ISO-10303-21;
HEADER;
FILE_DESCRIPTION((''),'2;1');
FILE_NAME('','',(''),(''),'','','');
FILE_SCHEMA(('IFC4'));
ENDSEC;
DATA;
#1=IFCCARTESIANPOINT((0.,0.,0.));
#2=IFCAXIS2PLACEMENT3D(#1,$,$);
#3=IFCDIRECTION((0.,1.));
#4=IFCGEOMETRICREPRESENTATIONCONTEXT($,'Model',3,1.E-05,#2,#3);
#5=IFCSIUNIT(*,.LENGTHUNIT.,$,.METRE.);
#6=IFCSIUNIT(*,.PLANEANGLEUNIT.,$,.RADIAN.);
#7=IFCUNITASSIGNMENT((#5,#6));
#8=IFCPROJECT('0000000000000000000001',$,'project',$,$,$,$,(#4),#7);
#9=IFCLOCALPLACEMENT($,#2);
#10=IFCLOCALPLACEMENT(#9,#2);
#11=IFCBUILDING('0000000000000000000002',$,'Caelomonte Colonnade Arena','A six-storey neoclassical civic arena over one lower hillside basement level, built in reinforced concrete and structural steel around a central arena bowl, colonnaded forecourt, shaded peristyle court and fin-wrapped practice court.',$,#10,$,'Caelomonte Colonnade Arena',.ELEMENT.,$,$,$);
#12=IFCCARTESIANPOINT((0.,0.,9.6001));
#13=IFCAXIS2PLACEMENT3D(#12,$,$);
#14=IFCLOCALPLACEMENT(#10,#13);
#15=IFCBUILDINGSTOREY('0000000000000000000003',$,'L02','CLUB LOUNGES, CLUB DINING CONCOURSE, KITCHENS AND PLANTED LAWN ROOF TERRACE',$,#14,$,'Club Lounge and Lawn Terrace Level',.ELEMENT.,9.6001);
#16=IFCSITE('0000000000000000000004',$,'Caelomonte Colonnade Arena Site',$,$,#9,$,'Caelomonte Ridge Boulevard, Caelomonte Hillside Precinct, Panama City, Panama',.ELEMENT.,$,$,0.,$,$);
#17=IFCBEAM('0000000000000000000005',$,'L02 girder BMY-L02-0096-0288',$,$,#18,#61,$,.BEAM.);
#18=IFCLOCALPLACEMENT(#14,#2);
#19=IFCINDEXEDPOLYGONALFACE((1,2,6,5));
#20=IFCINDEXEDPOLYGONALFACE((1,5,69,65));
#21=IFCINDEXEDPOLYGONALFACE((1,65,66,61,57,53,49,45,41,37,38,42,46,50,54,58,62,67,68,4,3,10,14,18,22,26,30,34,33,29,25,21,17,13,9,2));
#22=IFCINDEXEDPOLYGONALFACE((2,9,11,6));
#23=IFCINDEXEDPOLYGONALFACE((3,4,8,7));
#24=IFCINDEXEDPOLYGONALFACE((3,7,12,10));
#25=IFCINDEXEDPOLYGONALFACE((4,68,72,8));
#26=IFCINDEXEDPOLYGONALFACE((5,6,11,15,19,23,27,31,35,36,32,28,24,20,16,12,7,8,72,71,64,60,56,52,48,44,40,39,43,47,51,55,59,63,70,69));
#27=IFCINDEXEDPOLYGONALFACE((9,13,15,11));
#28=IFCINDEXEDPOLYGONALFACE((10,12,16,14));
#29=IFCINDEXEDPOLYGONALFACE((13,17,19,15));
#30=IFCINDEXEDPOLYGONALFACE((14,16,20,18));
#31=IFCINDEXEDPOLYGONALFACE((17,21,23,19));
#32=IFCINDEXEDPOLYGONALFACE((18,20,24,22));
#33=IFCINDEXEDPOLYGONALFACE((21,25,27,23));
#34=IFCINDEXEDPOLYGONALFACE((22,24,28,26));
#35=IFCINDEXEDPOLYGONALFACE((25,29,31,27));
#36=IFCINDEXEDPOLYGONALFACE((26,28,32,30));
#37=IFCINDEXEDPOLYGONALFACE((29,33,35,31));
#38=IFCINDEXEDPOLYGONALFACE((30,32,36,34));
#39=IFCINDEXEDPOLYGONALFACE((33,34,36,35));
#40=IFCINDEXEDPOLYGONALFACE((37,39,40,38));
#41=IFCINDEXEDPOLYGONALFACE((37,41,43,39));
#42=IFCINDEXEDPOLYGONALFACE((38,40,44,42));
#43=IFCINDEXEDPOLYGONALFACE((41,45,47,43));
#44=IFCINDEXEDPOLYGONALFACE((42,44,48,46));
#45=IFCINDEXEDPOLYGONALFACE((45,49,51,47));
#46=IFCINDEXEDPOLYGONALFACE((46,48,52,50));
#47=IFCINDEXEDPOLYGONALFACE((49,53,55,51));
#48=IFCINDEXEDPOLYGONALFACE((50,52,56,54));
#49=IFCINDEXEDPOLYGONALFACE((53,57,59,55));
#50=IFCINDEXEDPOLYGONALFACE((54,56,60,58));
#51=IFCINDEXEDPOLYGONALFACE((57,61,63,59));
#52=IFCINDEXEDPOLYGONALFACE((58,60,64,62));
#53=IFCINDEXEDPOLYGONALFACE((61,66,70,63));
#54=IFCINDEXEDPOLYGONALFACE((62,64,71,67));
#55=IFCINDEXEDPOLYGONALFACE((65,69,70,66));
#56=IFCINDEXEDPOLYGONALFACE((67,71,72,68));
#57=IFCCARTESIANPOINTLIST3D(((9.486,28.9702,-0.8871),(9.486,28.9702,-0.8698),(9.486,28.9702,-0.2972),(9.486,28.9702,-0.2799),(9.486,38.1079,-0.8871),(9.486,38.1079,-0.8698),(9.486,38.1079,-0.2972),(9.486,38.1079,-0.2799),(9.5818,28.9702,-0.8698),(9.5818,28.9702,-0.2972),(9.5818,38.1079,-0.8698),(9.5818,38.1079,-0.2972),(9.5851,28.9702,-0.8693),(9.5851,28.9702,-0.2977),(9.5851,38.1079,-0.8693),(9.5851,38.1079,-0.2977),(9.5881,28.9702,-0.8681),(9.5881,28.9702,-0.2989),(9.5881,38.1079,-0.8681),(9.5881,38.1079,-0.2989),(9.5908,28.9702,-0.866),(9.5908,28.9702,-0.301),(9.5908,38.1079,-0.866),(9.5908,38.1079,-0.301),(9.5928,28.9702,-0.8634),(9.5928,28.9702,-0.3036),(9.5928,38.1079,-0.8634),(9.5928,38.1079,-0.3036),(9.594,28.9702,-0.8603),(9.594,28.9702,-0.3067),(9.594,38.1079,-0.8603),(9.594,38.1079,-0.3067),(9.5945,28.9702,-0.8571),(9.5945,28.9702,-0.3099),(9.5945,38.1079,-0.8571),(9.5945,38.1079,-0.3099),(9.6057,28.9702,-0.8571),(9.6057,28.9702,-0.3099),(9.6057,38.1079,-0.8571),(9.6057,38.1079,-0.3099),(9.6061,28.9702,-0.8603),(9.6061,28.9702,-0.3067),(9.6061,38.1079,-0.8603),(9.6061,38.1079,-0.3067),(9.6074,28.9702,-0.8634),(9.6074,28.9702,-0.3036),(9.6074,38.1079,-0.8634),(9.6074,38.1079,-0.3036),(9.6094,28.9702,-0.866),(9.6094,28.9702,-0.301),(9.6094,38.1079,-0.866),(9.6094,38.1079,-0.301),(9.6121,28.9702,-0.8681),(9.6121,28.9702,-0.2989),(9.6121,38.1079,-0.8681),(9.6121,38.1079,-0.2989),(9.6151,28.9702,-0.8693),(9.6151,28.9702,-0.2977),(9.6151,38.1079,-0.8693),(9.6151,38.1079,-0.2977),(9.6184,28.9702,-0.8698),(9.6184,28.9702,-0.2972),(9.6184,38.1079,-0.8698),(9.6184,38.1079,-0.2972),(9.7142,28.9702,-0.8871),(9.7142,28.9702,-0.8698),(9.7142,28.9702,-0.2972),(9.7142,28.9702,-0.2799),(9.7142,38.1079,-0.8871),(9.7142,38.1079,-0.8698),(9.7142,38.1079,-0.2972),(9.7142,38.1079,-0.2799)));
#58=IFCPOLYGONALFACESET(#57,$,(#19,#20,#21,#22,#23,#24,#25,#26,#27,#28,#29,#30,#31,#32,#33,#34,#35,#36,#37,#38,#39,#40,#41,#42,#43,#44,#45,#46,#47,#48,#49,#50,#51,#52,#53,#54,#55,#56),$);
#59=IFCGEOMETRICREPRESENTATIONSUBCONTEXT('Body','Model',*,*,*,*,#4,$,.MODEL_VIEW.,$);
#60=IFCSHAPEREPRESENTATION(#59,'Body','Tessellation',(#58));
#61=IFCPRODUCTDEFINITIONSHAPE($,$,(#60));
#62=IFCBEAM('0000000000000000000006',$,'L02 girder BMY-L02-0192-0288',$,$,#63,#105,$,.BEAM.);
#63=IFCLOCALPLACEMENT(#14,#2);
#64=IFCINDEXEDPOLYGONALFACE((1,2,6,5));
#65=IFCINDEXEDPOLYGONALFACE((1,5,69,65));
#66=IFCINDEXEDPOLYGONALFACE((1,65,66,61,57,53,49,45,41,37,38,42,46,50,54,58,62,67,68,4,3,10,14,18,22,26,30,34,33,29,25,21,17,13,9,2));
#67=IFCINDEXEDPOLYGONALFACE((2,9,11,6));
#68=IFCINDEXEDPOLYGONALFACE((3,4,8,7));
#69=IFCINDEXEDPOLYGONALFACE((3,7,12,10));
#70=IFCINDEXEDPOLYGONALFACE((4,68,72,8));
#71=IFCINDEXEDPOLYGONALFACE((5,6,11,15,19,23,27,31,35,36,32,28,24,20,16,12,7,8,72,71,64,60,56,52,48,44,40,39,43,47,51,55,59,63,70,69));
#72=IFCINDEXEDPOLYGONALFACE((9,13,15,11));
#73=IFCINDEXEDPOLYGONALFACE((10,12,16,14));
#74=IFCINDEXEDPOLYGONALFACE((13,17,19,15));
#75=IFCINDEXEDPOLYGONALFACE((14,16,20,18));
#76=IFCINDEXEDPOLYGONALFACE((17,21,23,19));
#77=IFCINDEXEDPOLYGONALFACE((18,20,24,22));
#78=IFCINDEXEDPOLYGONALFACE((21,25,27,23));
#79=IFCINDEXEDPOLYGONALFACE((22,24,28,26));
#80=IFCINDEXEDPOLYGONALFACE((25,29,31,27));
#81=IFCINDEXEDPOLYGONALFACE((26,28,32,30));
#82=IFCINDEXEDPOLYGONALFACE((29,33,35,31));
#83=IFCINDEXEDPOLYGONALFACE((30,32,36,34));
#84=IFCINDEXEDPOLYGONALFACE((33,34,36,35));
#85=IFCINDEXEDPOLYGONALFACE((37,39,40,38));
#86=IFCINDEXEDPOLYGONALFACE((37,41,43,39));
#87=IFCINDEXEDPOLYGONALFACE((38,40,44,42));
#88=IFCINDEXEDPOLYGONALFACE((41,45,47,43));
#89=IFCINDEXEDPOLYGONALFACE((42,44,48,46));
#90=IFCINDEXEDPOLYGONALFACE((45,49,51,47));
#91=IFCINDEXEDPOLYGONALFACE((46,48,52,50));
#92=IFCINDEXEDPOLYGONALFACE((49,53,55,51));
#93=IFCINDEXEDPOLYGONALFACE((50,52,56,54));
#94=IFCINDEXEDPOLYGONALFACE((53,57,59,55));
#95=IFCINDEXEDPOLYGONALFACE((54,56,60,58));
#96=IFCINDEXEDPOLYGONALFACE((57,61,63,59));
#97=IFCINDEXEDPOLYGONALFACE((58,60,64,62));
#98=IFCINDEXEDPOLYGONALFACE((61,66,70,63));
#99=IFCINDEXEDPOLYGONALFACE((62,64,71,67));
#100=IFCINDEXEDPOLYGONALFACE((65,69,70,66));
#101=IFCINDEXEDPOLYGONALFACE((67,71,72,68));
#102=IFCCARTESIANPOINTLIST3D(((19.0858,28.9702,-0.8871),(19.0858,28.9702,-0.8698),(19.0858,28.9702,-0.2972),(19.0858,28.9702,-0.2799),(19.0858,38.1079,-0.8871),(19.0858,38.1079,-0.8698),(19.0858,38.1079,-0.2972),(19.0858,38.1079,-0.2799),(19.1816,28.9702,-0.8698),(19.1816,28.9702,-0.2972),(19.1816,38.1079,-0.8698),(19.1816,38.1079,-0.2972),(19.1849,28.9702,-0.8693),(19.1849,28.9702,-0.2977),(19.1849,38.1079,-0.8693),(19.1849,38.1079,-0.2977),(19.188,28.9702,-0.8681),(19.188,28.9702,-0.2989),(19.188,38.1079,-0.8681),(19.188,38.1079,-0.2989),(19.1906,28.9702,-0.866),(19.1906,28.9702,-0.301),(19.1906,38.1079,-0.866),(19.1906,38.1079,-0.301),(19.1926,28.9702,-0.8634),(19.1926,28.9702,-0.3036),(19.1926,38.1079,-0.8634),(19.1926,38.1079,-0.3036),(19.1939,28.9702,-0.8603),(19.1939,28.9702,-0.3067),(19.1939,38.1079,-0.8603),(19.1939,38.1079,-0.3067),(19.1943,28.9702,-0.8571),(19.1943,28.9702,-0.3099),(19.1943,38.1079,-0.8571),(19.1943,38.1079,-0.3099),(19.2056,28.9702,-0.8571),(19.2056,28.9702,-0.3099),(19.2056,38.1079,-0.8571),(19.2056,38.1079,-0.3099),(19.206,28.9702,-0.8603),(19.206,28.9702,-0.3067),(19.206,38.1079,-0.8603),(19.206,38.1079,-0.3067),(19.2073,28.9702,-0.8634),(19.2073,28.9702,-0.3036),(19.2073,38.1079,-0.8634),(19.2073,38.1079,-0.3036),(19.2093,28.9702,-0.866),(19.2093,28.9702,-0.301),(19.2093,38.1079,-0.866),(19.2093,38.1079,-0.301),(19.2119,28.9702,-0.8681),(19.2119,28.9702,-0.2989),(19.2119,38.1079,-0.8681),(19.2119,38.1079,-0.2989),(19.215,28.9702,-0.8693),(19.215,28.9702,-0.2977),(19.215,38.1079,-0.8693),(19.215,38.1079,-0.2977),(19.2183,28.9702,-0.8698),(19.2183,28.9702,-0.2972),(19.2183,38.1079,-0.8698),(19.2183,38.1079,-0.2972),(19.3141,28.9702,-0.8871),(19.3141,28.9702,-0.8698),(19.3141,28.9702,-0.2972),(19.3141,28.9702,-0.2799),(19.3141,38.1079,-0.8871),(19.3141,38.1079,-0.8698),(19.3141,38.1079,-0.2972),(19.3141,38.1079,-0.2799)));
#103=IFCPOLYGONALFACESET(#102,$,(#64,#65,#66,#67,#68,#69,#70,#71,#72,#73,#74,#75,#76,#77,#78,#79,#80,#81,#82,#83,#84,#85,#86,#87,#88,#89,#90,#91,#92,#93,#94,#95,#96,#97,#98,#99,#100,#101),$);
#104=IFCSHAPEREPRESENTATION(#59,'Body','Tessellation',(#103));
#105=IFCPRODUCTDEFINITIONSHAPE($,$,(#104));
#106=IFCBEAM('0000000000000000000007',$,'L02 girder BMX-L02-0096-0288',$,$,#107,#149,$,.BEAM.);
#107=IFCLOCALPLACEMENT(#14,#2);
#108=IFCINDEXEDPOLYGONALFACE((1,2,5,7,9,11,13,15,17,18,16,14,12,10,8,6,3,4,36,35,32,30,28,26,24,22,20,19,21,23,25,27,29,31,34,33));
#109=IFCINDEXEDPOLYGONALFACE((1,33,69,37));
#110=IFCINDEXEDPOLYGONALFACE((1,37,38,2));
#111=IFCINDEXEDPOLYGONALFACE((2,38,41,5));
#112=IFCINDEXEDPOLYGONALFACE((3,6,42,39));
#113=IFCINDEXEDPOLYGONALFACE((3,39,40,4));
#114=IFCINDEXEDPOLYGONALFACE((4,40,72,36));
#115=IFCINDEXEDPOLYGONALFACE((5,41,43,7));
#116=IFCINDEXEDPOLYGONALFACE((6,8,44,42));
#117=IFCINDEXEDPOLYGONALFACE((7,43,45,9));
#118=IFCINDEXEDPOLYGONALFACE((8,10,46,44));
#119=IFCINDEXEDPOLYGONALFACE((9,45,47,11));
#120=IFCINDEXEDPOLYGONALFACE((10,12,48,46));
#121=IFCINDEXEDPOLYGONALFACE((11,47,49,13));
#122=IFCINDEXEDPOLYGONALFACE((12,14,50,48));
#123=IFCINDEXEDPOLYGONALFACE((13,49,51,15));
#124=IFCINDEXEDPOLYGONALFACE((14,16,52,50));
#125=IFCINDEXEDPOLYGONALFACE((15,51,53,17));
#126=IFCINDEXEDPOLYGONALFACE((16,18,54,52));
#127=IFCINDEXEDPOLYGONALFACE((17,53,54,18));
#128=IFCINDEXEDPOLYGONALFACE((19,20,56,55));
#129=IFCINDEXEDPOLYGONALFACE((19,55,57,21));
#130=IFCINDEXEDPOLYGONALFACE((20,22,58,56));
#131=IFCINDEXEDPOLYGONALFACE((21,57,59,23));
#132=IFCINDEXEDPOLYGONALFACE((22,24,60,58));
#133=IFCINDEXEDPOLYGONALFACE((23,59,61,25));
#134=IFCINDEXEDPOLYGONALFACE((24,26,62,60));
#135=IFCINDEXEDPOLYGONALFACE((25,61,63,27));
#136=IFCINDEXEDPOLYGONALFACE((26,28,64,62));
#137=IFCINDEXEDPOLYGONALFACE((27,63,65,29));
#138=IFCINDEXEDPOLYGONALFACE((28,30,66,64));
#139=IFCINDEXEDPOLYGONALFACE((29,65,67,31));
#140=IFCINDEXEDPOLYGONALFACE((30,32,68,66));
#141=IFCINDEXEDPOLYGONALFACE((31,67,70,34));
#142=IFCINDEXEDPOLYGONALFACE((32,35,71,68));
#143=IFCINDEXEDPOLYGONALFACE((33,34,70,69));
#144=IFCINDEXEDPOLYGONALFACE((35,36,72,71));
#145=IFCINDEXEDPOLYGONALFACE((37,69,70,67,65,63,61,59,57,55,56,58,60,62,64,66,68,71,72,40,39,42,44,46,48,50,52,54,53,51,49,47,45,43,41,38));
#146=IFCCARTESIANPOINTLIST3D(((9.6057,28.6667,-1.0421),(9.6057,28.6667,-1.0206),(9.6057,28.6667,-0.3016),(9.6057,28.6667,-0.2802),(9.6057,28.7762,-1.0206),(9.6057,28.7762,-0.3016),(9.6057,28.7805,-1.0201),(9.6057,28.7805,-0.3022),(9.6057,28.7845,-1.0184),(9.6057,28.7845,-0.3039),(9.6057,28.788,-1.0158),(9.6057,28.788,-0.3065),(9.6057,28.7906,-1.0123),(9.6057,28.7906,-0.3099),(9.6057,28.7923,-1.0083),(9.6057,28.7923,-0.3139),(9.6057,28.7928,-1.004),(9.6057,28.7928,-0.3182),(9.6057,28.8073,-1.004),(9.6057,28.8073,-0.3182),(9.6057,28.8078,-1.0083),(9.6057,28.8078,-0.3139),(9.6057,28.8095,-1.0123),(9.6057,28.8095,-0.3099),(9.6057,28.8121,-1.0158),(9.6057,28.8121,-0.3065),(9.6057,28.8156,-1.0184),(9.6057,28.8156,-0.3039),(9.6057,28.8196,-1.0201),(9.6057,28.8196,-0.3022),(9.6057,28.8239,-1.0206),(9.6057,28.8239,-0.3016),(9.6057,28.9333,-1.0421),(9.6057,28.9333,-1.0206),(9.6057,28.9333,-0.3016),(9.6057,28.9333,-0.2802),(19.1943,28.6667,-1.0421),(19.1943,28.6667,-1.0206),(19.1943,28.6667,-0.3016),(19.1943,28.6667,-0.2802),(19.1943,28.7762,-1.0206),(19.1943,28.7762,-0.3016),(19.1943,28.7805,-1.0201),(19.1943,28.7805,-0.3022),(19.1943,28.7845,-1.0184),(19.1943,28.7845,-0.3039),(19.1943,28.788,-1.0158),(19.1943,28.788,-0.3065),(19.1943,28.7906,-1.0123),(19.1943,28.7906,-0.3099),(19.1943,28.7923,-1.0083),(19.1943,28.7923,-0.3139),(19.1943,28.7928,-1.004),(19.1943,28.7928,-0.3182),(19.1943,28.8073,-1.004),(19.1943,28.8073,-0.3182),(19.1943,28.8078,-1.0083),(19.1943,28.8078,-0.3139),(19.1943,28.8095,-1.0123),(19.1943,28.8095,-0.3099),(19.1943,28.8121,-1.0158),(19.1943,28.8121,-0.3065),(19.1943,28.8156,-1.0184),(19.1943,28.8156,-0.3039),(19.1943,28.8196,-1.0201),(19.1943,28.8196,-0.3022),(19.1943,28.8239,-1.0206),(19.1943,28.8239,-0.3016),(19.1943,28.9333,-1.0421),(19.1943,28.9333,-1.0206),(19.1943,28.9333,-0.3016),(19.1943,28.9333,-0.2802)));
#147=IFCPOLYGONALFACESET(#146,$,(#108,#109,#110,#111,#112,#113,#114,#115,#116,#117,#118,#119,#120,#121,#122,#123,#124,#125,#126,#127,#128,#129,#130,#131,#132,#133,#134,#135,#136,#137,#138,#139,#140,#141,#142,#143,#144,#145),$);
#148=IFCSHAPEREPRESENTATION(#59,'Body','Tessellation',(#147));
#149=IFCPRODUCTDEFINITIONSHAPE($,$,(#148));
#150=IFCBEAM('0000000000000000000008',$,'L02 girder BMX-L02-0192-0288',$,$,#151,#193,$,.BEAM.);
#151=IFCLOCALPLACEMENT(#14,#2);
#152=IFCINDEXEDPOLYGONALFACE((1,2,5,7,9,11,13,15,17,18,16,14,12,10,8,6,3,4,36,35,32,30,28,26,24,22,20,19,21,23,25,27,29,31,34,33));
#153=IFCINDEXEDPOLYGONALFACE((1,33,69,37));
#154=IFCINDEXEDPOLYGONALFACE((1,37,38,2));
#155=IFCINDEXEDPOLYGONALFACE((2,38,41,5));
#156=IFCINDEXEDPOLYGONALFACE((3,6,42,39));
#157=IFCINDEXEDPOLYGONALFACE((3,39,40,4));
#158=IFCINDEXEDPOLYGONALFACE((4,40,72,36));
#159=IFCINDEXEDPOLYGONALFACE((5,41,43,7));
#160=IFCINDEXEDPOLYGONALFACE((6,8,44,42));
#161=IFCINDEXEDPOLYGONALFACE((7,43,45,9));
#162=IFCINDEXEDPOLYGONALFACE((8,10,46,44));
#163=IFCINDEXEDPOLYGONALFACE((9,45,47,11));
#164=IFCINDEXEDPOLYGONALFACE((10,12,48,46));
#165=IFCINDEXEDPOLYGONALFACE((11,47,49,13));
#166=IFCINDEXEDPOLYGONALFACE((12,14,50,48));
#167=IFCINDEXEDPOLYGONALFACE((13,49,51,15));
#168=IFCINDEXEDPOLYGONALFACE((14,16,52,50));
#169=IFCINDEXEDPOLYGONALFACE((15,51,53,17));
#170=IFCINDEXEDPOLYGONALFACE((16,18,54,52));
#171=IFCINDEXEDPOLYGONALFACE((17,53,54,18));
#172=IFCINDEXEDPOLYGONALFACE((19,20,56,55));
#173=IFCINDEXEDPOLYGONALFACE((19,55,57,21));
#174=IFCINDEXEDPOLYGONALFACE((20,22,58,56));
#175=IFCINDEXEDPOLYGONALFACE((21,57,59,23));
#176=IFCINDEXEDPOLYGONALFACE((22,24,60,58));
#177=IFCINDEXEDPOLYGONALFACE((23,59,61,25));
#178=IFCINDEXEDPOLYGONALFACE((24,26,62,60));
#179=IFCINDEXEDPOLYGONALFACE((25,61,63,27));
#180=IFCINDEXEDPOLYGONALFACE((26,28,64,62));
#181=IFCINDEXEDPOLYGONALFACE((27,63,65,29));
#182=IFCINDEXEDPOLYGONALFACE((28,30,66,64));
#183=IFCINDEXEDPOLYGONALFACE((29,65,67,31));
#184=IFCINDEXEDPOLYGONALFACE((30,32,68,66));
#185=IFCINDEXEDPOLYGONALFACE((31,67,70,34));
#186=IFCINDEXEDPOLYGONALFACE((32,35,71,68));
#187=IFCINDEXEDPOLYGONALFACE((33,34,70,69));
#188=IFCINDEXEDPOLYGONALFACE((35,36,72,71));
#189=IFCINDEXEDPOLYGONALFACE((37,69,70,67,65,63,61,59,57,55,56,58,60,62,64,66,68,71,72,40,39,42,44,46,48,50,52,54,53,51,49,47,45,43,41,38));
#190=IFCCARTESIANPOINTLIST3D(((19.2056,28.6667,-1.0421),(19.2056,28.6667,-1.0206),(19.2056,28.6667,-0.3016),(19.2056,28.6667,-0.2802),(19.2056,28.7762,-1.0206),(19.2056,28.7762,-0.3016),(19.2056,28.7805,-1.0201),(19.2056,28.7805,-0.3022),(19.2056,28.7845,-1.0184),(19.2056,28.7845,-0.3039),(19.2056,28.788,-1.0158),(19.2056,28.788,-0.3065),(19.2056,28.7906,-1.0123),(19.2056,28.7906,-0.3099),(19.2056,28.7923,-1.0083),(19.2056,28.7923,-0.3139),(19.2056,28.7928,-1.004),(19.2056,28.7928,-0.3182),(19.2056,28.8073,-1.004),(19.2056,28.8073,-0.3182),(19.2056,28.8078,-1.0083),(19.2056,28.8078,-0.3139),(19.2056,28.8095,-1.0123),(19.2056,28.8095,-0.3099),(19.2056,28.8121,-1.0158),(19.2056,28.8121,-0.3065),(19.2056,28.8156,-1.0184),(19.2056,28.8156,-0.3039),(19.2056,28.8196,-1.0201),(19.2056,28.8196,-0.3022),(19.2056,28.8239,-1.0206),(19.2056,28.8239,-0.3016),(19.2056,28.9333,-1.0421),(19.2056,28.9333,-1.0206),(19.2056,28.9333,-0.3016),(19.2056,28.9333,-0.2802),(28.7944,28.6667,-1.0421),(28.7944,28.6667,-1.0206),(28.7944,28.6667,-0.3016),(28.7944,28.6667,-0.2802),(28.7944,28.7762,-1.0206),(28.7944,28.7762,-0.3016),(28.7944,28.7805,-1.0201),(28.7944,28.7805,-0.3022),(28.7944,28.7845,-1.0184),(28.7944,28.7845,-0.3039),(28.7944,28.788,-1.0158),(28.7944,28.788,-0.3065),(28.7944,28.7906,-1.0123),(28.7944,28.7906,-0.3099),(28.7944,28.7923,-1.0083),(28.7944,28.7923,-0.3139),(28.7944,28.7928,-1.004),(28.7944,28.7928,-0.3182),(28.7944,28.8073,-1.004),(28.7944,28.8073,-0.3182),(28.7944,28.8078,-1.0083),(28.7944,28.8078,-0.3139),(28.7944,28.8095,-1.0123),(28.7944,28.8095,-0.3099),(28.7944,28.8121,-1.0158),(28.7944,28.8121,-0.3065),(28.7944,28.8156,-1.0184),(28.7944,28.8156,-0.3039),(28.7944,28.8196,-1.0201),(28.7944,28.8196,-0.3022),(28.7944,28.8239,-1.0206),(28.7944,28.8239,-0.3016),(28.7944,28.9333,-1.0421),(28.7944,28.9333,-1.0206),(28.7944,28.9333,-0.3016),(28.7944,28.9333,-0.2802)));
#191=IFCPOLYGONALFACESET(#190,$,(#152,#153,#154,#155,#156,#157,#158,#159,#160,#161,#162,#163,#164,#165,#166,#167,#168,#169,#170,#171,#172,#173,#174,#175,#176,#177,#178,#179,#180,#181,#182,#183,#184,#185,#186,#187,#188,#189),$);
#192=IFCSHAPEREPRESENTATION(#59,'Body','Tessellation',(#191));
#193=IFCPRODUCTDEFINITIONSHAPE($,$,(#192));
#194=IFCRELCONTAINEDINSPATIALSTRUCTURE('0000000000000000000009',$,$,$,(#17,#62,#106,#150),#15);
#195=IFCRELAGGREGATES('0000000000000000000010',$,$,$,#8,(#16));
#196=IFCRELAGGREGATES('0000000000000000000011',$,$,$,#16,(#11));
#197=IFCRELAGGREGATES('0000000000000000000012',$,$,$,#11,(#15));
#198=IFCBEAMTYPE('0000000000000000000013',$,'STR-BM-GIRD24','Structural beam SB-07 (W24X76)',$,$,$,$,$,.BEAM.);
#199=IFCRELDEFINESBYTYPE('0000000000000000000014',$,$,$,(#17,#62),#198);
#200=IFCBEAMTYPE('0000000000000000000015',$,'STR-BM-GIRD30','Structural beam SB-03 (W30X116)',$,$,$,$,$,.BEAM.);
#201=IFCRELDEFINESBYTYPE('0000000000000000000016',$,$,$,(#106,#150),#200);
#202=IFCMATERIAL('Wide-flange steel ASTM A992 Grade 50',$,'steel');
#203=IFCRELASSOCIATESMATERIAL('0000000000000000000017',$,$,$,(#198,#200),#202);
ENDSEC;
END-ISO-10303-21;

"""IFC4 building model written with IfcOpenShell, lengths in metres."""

from ifc_helpers import new_model, si_unit, direction, frame, origin, origin_2d, place, context, subcontext, project, spatial, i_section, extrude, material, material_profile, profile_set, type_object, element, save


model = new_model("IFC4")

# Units and contexts
model_context = context("Model", 3, precision=1e-05, world=origin(), true_north=direction((0.0, 1.0)))
body_context = subcontext(model_context, "Body", "Model", "MODEL_VIEW")
ifc_project = project(units=[si_unit("LENGTHUNIT", "METRE"), si_unit("PLANEANGLEUNIT", "RADIAN")], contexts=[model_context])

# Site, building, storey
site_placement = place(None, origin())
site = spatial("IfcSite", under=ifc_project, at=site_placement, Name="Caelomonte Colonnade Arena Site", LongName="Caelomonte Ridge Boulevard, Caelomonte Hillside Precinct, Panama City, Panama", CompositionType="ELEMENT", RefElevation=0.0)
building_placement = place(site_placement, origin())
building = spatial("IfcBuilding", under=site, at=building_placement, Name="Caelomonte Colonnade Arena", Description="A six-storey neoclassical civic arena over one lower hillside basement level, built in reinforced concrete and structural steel around a central arena bowl, colonnaded forecourt, shaded peristyle court and fin-wrapped practice court.", LongName="Caelomonte Colonnade Arena", CompositionType="ELEMENT")
storey_placement = place(building_placement, frame((0.0, 0.0, 9.6001)))
storey = spatial("IfcBuildingStorey", under=building, at=storey_placement, Name="L02", Description="CLUB LOUNGES, CLUB DINING CONCOURSE, KITCHENS AND PLANTED LAWN ROOF TERRACE", LongName="Club Lounge and Lawn Terrace Level", CompositionType="ELEMENT", Elevation=9.6001)

# Beams
ifc_material_1 = material(Name="Wide-flange steel ASTM A992 Grade 50", Category="steel")
ifc_material_profile_1 = material_profile(ifc_material_1, i_section(OverallWidth=0.2283, OverallDepth=0.6072, WebThickness=0.0112, FlangeThickness=0.0173, FilletRadius=0.0127, at=origin_2d()), Name="W24X76")
ifc_profile_set_1 = profile_set([ifc_material_profile_1], Name="Wide-flange steel ASTM A992 Grade 50")
beam_type_1 = type_object("IfcBeamType", Name="STR-BM-GIRD24", Description="Structural beam SB-07 (W24X76)", PredefinedType="BEAM", material=ifc_profile_set_1)
for number, where, z_axis, x_axis, name in (
    (1, (9.6001, 28.9702, -0.5835), (0.0, 1.0, 0.0), (-1.0, 0.0, 0.0), "L02 girder BMY-L02-0096-0288"),
    (2, (19.2, 28.9702, -0.5835), (0.0, 1.0, 0.0), (-1.0, 0.0, 0.0), "L02 girder BMY-L02-0192-0288"),
):
    element("IfcBeam", number, at=place(storey_placement, frame(where, z_axis=z_axis, x_axis=x_axis)), inside=storey, type_object=beam_type_1, Name=name, PredefinedType="BEAM", context=body_context, shape_type="SweptSolid", body=[
        extrude(i_section(OverallWidth=0.2283, OverallDepth=0.6072, WebThickness=0.0112, FlangeThickness=0.0173, FilletRadius=0.0127, at=origin_2d()), origin(), (0.0, 0.0, 1.0), 9.1377),
    ])
ifc_material_profile_2 = material_profile(ifc_material_1, i_section(OverallWidth=0.2666, OverallDepth=0.762, WebThickness=0.0144, FlangeThickness=0.0215, FilletRadius=0.0166, at=origin_2d()), Name="W30X116")
ifc_profile_set_2 = profile_set([ifc_material_profile_2], Name="Wide-flange steel ASTM A992 Grade 50")
beam_type_2 = type_object("IfcBeamType", Name="STR-BM-GIRD30", Description="Structural beam SB-03 (W30X116)", PredefinedType="BEAM", material=ifc_profile_set_2)
beam_1_placement = place(storey_placement, frame((9.6057, 28.8, -0.6611), z_axis=(1.0, 0.0, 0.0), x_axis=(0.0, 1.0, 0.0)))
element("IfcBeam", 3, at=beam_1_placement, inside=storey, type_object=beam_type_2, Name="L02 girder BMX-L02-0096-0288", PredefinedType="BEAM", context=body_context, shape_type="SweptSolid", body=[
    extrude(i_section(OverallWidth=0.2666, OverallDepth=0.762, WebThickness=0.0144, FlangeThickness=0.0215, FilletRadius=0.0166, at=origin_2d()), origin(), (0.0, 0.0, 1.0), 9.5886),
])
beam_2_placement = place(storey_placement, frame((19.2056, 28.8, -0.6611), z_axis=(1.0, 0.0, 0.0), x_axis=(0.0, 1.0, 0.0)))
element("IfcBeam", 4, at=beam_2_placement, inside=storey, type_object=beam_type_2, Name="L02 girder BMX-L02-0192-0288", PredefinedType="BEAM", context=body_context, shape_type="SweptSolid", body=[
    extrude(i_section(OverallWidth=0.2666, OverallDepth=0.762, WebThickness=0.0144, FlangeThickness=0.0215, FilletRadius=0.0166, at=origin_2d()), origin(), (0.0, 0.0, 1.0), 9.5889),
])

save(model, "model.ifc")
